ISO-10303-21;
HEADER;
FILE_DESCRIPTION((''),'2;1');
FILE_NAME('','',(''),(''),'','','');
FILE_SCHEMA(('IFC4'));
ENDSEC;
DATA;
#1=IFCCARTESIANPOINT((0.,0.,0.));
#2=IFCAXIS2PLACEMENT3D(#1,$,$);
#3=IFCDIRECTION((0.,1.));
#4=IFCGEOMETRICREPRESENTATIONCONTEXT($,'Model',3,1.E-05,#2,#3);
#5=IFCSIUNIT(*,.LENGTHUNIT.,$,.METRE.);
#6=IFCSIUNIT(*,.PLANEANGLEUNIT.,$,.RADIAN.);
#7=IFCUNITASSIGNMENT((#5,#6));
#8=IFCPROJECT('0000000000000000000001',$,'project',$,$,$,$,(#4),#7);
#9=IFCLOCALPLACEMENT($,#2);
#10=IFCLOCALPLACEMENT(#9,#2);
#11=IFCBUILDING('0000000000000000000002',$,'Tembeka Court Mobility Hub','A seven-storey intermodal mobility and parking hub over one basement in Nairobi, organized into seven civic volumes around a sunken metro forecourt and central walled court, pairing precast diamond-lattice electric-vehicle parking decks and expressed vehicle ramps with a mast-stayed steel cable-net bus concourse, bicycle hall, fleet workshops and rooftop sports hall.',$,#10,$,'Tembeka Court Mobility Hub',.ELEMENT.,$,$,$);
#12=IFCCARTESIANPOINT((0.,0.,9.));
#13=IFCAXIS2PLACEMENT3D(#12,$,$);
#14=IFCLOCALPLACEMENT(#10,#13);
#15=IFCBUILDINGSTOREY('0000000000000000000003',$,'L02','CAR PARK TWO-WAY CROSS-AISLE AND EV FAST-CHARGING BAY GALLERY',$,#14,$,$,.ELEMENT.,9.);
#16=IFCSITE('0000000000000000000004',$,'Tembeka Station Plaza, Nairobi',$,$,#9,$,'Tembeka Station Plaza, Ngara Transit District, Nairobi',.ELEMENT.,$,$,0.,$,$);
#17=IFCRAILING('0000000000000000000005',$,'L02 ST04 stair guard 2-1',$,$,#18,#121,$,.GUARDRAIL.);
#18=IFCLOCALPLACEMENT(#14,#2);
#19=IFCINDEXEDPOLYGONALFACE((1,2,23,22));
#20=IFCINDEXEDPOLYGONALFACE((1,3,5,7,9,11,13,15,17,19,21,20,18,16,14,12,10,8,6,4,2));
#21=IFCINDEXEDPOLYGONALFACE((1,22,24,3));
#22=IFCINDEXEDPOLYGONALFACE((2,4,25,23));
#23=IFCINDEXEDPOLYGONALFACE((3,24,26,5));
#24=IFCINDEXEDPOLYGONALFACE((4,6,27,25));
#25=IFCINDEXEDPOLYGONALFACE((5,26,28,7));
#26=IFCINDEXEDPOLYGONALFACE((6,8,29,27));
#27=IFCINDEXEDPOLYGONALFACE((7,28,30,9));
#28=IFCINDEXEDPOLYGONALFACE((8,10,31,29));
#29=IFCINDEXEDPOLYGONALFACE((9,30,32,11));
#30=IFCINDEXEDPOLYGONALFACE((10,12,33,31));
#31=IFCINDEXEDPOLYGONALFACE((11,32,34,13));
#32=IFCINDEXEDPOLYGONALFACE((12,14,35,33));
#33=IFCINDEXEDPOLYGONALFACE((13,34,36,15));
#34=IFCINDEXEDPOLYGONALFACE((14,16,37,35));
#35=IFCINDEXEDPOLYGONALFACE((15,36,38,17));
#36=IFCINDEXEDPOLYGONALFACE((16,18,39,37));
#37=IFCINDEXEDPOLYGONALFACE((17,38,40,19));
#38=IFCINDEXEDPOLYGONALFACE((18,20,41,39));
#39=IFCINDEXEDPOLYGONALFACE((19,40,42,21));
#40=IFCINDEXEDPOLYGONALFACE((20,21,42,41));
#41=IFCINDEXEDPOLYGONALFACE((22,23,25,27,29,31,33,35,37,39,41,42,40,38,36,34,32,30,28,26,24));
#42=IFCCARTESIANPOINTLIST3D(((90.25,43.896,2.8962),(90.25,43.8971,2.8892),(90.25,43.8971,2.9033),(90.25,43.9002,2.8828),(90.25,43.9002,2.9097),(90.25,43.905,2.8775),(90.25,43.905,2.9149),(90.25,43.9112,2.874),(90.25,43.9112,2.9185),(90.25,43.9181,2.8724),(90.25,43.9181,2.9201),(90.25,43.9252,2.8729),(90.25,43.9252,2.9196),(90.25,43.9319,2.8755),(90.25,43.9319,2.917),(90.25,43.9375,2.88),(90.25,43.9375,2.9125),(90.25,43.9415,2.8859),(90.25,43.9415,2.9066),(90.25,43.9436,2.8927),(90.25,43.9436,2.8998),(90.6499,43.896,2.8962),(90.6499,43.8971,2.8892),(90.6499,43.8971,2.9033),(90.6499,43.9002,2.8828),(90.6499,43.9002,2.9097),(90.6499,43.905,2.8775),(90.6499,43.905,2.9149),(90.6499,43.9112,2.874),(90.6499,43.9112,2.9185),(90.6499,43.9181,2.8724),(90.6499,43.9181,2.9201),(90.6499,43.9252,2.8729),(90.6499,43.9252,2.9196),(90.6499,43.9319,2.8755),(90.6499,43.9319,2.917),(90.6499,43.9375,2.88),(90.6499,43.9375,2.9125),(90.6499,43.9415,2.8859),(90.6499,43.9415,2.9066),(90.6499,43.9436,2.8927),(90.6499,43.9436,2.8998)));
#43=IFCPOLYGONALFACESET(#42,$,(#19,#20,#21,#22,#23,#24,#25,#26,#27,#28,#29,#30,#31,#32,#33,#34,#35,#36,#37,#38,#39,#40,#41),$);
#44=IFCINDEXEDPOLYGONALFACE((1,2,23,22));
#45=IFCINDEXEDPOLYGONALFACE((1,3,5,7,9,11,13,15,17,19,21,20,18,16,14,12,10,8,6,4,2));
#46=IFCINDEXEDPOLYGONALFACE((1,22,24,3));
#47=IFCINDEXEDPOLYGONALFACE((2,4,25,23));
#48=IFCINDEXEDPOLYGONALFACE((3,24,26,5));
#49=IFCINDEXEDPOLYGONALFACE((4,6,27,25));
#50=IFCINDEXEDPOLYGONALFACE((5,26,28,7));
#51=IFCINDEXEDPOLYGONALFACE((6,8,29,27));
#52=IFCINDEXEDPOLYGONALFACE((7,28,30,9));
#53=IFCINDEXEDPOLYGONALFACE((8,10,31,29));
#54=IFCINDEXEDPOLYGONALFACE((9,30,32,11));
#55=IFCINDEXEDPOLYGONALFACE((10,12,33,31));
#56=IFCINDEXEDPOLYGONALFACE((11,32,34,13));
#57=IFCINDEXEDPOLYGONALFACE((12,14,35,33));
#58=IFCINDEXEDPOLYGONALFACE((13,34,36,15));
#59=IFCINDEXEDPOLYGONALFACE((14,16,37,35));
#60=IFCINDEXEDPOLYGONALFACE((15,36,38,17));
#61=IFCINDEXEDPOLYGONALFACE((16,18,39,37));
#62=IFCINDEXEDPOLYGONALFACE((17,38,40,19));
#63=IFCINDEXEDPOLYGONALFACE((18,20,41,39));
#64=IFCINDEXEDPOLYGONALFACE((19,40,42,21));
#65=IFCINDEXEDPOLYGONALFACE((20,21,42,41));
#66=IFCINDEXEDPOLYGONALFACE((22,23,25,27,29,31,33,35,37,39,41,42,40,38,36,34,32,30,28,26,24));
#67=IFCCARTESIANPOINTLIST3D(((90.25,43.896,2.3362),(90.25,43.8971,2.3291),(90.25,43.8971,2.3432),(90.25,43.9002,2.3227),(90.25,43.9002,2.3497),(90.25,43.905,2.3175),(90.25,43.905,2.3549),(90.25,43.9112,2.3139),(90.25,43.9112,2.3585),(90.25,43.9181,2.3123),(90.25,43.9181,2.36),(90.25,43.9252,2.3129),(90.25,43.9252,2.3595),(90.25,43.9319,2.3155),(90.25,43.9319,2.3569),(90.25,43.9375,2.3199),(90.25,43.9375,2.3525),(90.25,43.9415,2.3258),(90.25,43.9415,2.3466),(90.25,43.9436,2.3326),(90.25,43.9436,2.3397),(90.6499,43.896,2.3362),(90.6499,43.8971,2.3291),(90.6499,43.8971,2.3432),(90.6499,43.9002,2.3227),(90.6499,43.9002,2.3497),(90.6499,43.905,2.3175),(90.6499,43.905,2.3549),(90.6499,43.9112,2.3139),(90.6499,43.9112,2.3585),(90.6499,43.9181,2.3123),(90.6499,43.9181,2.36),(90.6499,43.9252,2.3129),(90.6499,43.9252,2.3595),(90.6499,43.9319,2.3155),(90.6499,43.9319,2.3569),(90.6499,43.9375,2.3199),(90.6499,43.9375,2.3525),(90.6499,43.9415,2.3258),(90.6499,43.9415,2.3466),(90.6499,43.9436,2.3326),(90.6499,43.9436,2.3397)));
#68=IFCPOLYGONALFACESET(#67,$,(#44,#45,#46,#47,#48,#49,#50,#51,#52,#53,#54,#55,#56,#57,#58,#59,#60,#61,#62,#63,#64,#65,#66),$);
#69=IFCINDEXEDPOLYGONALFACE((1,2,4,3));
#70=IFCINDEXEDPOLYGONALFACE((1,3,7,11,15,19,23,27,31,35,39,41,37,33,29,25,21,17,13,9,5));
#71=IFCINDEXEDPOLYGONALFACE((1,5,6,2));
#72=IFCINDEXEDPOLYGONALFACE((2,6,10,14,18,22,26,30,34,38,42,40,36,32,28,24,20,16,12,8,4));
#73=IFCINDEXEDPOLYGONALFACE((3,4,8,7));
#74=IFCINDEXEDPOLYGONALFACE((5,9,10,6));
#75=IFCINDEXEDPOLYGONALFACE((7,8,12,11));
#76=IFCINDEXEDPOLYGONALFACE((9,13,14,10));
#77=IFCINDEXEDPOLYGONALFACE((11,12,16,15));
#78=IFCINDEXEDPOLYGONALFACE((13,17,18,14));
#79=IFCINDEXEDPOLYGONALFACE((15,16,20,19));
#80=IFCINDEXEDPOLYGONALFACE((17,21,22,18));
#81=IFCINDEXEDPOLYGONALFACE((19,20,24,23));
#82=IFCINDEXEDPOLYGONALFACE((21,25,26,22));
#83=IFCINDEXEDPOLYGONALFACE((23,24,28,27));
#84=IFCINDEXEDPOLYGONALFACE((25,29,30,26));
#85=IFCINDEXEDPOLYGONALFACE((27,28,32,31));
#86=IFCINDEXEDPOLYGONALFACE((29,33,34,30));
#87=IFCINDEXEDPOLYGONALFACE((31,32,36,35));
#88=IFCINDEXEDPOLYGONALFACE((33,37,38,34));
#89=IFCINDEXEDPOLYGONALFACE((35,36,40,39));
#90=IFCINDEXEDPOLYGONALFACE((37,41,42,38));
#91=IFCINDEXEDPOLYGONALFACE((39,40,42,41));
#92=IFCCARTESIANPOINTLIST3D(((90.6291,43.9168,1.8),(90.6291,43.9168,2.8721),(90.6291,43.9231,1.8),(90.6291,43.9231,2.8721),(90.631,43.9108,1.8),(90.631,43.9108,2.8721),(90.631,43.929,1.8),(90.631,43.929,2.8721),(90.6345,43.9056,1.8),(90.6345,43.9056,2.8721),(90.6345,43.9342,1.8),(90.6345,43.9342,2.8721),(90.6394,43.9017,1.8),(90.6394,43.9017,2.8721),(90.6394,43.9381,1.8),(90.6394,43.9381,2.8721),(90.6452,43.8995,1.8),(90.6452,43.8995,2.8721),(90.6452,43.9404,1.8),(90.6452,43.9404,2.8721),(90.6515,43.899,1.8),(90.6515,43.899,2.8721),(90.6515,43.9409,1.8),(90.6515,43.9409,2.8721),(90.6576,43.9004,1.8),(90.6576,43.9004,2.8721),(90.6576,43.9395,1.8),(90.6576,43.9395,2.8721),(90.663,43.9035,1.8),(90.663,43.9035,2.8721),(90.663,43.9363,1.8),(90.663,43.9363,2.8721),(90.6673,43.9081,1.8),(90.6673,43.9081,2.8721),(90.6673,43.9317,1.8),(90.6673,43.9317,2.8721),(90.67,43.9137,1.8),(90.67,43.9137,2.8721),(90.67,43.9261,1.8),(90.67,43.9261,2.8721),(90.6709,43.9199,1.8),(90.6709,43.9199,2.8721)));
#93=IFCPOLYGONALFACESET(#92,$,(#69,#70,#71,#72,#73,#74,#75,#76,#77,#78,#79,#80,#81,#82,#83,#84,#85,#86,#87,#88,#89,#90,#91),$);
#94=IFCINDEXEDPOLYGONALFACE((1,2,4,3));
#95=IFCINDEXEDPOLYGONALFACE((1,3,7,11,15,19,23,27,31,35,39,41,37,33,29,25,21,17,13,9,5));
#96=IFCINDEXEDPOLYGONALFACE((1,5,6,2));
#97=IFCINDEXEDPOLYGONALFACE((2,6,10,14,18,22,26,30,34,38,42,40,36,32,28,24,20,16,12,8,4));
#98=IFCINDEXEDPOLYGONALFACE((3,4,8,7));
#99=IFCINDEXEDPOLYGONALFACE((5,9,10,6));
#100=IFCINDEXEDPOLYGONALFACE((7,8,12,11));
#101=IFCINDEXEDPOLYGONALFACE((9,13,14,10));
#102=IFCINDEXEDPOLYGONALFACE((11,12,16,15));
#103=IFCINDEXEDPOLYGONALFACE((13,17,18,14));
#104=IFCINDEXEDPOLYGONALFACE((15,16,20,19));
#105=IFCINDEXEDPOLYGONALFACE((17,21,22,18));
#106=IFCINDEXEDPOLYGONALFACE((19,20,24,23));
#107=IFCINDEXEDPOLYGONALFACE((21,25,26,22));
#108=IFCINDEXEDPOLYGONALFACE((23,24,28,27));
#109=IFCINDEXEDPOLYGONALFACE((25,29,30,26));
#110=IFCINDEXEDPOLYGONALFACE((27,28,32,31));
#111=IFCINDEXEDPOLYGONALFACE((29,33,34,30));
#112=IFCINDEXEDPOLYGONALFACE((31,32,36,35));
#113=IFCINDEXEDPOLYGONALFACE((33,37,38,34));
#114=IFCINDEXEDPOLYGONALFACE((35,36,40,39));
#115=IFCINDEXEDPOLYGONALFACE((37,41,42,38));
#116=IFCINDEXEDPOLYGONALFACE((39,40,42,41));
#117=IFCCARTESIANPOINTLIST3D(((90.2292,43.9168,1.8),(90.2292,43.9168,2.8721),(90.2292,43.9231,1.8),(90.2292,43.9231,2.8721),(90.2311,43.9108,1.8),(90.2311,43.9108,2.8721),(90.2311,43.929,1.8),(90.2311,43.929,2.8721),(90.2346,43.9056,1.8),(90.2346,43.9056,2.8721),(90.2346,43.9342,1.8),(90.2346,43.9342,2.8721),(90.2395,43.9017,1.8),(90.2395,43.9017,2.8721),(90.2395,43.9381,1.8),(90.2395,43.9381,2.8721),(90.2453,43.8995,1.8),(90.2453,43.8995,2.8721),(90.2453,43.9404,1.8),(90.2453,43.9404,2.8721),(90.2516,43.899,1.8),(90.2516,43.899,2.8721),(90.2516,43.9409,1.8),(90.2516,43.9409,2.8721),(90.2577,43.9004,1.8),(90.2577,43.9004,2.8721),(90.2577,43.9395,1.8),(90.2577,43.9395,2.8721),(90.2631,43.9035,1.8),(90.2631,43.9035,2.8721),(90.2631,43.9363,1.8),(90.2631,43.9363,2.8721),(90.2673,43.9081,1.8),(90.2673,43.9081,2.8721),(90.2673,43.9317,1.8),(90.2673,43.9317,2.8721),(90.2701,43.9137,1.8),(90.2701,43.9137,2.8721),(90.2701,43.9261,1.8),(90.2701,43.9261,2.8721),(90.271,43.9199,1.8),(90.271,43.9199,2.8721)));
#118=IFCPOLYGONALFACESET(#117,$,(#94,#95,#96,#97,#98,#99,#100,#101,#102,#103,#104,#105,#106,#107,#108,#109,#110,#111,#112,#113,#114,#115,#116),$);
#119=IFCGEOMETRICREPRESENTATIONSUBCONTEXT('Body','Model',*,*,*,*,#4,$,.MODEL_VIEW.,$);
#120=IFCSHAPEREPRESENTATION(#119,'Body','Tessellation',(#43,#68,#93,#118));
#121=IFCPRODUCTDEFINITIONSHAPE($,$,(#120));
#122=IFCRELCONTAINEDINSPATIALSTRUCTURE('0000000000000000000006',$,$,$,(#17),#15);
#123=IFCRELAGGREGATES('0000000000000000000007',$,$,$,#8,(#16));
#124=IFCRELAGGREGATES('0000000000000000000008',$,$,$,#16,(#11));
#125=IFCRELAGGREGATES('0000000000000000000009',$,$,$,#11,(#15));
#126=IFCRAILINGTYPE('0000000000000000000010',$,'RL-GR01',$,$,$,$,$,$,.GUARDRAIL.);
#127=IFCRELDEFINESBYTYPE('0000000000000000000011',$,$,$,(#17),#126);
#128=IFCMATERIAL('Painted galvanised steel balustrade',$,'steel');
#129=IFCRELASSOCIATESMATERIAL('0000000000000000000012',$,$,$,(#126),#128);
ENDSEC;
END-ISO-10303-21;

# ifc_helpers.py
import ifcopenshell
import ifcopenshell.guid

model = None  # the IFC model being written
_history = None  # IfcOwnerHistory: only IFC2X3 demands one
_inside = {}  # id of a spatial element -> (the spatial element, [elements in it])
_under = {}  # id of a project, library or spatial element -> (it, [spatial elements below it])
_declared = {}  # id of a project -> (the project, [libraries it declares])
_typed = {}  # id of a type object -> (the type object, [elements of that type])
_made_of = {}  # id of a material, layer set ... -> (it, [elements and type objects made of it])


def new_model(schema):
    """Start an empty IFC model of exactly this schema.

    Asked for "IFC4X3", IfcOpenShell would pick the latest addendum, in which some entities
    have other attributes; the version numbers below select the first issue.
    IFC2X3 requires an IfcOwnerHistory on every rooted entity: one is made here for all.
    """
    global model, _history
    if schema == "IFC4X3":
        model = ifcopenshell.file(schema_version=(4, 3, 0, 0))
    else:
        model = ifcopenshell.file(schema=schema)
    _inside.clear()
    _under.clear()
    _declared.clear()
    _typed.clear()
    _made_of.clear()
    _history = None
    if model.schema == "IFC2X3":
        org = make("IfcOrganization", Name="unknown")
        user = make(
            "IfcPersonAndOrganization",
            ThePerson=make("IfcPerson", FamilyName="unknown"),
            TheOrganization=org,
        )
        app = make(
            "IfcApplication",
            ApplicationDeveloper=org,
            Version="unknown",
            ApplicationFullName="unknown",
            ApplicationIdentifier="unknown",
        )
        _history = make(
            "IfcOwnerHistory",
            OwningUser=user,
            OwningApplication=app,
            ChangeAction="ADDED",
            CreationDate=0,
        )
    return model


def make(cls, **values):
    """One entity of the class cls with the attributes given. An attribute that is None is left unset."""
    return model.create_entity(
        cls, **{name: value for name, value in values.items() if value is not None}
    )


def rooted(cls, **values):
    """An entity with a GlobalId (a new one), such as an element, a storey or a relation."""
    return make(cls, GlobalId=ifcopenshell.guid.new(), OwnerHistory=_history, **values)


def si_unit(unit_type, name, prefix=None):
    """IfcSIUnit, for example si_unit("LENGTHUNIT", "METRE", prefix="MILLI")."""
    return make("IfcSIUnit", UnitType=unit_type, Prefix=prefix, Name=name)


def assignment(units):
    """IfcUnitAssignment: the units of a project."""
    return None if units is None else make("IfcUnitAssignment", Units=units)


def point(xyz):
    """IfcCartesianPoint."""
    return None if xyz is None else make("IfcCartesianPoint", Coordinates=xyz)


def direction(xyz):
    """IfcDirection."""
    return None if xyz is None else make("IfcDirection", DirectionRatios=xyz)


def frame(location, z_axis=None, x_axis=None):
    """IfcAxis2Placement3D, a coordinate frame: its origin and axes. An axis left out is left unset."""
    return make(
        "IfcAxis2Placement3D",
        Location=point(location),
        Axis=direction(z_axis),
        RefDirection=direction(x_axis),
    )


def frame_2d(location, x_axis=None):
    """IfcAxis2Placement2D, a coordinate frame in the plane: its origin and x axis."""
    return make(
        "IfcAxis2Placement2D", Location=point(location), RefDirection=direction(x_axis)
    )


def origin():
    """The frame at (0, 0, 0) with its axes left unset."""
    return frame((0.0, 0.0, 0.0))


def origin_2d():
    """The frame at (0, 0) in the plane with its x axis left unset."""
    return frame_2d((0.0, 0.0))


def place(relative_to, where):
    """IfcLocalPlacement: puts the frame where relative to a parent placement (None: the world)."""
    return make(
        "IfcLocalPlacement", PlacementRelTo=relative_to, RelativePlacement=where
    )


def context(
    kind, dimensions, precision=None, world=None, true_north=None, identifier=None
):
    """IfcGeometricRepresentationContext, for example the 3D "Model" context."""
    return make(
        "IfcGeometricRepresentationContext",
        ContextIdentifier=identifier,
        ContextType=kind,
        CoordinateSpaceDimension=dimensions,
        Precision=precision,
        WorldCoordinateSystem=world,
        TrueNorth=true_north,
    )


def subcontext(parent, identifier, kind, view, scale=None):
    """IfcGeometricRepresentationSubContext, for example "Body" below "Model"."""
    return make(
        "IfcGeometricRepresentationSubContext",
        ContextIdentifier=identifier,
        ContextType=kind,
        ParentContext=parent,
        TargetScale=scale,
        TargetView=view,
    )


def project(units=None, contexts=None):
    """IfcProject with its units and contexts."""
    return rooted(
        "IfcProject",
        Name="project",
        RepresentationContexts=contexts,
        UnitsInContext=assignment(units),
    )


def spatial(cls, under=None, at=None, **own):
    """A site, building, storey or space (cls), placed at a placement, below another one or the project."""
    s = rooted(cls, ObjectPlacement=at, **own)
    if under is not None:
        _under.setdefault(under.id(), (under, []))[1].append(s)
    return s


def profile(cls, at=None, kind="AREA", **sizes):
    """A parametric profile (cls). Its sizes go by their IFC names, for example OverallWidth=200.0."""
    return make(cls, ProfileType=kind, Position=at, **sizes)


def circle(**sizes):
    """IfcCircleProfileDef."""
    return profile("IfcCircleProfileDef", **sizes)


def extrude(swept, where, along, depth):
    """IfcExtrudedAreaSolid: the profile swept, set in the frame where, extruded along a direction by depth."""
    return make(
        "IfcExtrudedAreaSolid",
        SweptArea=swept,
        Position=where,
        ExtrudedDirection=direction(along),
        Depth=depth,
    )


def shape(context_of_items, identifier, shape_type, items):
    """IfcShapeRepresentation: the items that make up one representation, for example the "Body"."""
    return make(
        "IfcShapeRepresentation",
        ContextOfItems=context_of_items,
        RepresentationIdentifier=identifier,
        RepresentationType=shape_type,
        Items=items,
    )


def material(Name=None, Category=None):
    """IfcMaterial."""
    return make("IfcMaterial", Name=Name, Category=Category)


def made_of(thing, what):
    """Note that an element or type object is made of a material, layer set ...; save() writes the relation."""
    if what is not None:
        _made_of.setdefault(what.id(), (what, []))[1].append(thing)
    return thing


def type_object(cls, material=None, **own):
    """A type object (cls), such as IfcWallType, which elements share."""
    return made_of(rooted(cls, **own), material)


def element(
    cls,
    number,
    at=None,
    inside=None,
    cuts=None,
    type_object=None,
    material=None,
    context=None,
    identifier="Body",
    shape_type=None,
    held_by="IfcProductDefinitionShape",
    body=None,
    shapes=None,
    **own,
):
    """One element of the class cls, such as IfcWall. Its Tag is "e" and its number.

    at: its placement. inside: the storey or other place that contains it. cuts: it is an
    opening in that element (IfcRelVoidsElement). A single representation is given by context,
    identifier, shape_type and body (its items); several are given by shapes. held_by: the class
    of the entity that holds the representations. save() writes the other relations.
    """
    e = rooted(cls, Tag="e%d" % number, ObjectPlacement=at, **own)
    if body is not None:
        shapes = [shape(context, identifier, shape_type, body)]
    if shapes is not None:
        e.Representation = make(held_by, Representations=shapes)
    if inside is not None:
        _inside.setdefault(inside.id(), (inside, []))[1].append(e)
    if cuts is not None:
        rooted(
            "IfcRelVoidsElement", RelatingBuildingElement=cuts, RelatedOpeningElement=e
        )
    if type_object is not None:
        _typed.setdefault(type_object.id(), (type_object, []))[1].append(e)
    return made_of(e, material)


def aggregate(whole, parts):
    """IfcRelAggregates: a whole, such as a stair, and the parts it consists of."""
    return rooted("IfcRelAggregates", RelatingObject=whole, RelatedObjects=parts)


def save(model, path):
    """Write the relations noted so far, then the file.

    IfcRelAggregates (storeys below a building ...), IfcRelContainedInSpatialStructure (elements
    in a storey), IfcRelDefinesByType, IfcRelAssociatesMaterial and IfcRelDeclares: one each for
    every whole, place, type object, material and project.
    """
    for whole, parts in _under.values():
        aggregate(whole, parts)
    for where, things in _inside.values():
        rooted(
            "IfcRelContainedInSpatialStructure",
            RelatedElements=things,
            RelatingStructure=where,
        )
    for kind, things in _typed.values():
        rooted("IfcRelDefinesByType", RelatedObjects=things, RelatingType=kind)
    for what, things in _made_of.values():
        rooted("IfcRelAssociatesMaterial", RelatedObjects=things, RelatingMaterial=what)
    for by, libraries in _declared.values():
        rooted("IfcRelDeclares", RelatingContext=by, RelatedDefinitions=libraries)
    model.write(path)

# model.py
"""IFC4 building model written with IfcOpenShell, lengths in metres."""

from ifc_helpers import new_model, si_unit, direction, frame, origin, origin_2d, place, context, subcontext, project, spatial, circle, extrude, material, type_object, element, save


model = new_model("IFC4")

# Units and contexts
model_context = context("Model", 3, precision=1e-05, world=origin(), true_north=direction((0.0, 1.0)))
body_context = subcontext(model_context, "Body", "Model", "MODEL_VIEW")
ifc_project = project(units=[si_unit("LENGTHUNIT", "METRE"), si_unit("PLANEANGLEUNIT", "RADIAN")], contexts=[model_context])

# Site, building, storey
site_placement = place(None, origin())
site = spatial("IfcSite", under=ifc_project, at=site_placement, Name="Tembeka Station Plaza, Nairobi", LongName="Tembeka Station Plaza, Ngara Transit District, Nairobi", CompositionType="ELEMENT", RefElevation=0.0)
building_placement = place(site_placement, origin())
building = spatial("IfcBuilding", under=site, at=building_placement, Name="Tembeka Court Mobility Hub", Description="A seven-storey intermodal mobility and parking hub over one basement in Nairobi, organized into seven civic volumes around a sunken metro forecourt and central walled court, pairing precast diamond-lattice electric-vehicle parking decks and expressed vehicle ramps with a mast-stayed steel cable-net bus concourse, bicycle hall, fleet workshops and rooftop sports hall.", LongName="Tembeka Court Mobility Hub", CompositionType="ELEMENT")
storey_placement = place(building_placement, frame((0.0, 0.0, 9.0)))
storey = spatial("IfcBuildingStorey", under=building, at=storey_placement, Name="L02", Description="CAR PARK TWO-WAY CROSS-AISLE AND EV FAST-CHARGING BAY GALLERY", CompositionType="ELEMENT", Elevation=9.0)

# Railing
ifc_material_1 = material(Name="Painted galvanised steel balustrade", Category="steel")
railing_type_1 = type_object("IfcRailingType", Name="RL-GR01", PredefinedType="GUARDRAIL", material=ifc_material_1)
railing_1_placement = place(storey_placement, frame((90.6499, 43.9199, 1.8)))
element("IfcRailing", 1, at=railing_1_placement, inside=storey, type_object=railing_type_1, Name="L02 ST04 stair guard 2-1", PredefinedType="GUARDRAIL", context=body_context, shape_type="SweptSolid", body=[
    extrude(circle(Radius=0.0239, at=origin_2d()), frame((0.0, 0.0, 1.0962), z_axis=(-1.0, 0.0, 0.0), x_axis=(0.0, -1.0, 0.0)), (0.0, 0.0, 1.0), 0.3999),
    extrude(circle(Radius=0.0239, at=origin_2d()), frame((0.0, 0.0, 0.5361), z_axis=(-1.0, 0.0, 0.0), x_axis=(0.0, -1.0, 0.0)), (0.0, 0.0, 1.0), 0.3999),
    extrude(circle(Radius=0.021, at=origin_2d()), origin(), (0.0, 0.0, 1.0), 1.072),
    extrude(circle(Radius=0.021, at=origin_2d()), frame((-0.3999, 0.0, 0.0)), (0.0, 0.0, 1.0), 1.072),
])

save(model, "model.ifc")
